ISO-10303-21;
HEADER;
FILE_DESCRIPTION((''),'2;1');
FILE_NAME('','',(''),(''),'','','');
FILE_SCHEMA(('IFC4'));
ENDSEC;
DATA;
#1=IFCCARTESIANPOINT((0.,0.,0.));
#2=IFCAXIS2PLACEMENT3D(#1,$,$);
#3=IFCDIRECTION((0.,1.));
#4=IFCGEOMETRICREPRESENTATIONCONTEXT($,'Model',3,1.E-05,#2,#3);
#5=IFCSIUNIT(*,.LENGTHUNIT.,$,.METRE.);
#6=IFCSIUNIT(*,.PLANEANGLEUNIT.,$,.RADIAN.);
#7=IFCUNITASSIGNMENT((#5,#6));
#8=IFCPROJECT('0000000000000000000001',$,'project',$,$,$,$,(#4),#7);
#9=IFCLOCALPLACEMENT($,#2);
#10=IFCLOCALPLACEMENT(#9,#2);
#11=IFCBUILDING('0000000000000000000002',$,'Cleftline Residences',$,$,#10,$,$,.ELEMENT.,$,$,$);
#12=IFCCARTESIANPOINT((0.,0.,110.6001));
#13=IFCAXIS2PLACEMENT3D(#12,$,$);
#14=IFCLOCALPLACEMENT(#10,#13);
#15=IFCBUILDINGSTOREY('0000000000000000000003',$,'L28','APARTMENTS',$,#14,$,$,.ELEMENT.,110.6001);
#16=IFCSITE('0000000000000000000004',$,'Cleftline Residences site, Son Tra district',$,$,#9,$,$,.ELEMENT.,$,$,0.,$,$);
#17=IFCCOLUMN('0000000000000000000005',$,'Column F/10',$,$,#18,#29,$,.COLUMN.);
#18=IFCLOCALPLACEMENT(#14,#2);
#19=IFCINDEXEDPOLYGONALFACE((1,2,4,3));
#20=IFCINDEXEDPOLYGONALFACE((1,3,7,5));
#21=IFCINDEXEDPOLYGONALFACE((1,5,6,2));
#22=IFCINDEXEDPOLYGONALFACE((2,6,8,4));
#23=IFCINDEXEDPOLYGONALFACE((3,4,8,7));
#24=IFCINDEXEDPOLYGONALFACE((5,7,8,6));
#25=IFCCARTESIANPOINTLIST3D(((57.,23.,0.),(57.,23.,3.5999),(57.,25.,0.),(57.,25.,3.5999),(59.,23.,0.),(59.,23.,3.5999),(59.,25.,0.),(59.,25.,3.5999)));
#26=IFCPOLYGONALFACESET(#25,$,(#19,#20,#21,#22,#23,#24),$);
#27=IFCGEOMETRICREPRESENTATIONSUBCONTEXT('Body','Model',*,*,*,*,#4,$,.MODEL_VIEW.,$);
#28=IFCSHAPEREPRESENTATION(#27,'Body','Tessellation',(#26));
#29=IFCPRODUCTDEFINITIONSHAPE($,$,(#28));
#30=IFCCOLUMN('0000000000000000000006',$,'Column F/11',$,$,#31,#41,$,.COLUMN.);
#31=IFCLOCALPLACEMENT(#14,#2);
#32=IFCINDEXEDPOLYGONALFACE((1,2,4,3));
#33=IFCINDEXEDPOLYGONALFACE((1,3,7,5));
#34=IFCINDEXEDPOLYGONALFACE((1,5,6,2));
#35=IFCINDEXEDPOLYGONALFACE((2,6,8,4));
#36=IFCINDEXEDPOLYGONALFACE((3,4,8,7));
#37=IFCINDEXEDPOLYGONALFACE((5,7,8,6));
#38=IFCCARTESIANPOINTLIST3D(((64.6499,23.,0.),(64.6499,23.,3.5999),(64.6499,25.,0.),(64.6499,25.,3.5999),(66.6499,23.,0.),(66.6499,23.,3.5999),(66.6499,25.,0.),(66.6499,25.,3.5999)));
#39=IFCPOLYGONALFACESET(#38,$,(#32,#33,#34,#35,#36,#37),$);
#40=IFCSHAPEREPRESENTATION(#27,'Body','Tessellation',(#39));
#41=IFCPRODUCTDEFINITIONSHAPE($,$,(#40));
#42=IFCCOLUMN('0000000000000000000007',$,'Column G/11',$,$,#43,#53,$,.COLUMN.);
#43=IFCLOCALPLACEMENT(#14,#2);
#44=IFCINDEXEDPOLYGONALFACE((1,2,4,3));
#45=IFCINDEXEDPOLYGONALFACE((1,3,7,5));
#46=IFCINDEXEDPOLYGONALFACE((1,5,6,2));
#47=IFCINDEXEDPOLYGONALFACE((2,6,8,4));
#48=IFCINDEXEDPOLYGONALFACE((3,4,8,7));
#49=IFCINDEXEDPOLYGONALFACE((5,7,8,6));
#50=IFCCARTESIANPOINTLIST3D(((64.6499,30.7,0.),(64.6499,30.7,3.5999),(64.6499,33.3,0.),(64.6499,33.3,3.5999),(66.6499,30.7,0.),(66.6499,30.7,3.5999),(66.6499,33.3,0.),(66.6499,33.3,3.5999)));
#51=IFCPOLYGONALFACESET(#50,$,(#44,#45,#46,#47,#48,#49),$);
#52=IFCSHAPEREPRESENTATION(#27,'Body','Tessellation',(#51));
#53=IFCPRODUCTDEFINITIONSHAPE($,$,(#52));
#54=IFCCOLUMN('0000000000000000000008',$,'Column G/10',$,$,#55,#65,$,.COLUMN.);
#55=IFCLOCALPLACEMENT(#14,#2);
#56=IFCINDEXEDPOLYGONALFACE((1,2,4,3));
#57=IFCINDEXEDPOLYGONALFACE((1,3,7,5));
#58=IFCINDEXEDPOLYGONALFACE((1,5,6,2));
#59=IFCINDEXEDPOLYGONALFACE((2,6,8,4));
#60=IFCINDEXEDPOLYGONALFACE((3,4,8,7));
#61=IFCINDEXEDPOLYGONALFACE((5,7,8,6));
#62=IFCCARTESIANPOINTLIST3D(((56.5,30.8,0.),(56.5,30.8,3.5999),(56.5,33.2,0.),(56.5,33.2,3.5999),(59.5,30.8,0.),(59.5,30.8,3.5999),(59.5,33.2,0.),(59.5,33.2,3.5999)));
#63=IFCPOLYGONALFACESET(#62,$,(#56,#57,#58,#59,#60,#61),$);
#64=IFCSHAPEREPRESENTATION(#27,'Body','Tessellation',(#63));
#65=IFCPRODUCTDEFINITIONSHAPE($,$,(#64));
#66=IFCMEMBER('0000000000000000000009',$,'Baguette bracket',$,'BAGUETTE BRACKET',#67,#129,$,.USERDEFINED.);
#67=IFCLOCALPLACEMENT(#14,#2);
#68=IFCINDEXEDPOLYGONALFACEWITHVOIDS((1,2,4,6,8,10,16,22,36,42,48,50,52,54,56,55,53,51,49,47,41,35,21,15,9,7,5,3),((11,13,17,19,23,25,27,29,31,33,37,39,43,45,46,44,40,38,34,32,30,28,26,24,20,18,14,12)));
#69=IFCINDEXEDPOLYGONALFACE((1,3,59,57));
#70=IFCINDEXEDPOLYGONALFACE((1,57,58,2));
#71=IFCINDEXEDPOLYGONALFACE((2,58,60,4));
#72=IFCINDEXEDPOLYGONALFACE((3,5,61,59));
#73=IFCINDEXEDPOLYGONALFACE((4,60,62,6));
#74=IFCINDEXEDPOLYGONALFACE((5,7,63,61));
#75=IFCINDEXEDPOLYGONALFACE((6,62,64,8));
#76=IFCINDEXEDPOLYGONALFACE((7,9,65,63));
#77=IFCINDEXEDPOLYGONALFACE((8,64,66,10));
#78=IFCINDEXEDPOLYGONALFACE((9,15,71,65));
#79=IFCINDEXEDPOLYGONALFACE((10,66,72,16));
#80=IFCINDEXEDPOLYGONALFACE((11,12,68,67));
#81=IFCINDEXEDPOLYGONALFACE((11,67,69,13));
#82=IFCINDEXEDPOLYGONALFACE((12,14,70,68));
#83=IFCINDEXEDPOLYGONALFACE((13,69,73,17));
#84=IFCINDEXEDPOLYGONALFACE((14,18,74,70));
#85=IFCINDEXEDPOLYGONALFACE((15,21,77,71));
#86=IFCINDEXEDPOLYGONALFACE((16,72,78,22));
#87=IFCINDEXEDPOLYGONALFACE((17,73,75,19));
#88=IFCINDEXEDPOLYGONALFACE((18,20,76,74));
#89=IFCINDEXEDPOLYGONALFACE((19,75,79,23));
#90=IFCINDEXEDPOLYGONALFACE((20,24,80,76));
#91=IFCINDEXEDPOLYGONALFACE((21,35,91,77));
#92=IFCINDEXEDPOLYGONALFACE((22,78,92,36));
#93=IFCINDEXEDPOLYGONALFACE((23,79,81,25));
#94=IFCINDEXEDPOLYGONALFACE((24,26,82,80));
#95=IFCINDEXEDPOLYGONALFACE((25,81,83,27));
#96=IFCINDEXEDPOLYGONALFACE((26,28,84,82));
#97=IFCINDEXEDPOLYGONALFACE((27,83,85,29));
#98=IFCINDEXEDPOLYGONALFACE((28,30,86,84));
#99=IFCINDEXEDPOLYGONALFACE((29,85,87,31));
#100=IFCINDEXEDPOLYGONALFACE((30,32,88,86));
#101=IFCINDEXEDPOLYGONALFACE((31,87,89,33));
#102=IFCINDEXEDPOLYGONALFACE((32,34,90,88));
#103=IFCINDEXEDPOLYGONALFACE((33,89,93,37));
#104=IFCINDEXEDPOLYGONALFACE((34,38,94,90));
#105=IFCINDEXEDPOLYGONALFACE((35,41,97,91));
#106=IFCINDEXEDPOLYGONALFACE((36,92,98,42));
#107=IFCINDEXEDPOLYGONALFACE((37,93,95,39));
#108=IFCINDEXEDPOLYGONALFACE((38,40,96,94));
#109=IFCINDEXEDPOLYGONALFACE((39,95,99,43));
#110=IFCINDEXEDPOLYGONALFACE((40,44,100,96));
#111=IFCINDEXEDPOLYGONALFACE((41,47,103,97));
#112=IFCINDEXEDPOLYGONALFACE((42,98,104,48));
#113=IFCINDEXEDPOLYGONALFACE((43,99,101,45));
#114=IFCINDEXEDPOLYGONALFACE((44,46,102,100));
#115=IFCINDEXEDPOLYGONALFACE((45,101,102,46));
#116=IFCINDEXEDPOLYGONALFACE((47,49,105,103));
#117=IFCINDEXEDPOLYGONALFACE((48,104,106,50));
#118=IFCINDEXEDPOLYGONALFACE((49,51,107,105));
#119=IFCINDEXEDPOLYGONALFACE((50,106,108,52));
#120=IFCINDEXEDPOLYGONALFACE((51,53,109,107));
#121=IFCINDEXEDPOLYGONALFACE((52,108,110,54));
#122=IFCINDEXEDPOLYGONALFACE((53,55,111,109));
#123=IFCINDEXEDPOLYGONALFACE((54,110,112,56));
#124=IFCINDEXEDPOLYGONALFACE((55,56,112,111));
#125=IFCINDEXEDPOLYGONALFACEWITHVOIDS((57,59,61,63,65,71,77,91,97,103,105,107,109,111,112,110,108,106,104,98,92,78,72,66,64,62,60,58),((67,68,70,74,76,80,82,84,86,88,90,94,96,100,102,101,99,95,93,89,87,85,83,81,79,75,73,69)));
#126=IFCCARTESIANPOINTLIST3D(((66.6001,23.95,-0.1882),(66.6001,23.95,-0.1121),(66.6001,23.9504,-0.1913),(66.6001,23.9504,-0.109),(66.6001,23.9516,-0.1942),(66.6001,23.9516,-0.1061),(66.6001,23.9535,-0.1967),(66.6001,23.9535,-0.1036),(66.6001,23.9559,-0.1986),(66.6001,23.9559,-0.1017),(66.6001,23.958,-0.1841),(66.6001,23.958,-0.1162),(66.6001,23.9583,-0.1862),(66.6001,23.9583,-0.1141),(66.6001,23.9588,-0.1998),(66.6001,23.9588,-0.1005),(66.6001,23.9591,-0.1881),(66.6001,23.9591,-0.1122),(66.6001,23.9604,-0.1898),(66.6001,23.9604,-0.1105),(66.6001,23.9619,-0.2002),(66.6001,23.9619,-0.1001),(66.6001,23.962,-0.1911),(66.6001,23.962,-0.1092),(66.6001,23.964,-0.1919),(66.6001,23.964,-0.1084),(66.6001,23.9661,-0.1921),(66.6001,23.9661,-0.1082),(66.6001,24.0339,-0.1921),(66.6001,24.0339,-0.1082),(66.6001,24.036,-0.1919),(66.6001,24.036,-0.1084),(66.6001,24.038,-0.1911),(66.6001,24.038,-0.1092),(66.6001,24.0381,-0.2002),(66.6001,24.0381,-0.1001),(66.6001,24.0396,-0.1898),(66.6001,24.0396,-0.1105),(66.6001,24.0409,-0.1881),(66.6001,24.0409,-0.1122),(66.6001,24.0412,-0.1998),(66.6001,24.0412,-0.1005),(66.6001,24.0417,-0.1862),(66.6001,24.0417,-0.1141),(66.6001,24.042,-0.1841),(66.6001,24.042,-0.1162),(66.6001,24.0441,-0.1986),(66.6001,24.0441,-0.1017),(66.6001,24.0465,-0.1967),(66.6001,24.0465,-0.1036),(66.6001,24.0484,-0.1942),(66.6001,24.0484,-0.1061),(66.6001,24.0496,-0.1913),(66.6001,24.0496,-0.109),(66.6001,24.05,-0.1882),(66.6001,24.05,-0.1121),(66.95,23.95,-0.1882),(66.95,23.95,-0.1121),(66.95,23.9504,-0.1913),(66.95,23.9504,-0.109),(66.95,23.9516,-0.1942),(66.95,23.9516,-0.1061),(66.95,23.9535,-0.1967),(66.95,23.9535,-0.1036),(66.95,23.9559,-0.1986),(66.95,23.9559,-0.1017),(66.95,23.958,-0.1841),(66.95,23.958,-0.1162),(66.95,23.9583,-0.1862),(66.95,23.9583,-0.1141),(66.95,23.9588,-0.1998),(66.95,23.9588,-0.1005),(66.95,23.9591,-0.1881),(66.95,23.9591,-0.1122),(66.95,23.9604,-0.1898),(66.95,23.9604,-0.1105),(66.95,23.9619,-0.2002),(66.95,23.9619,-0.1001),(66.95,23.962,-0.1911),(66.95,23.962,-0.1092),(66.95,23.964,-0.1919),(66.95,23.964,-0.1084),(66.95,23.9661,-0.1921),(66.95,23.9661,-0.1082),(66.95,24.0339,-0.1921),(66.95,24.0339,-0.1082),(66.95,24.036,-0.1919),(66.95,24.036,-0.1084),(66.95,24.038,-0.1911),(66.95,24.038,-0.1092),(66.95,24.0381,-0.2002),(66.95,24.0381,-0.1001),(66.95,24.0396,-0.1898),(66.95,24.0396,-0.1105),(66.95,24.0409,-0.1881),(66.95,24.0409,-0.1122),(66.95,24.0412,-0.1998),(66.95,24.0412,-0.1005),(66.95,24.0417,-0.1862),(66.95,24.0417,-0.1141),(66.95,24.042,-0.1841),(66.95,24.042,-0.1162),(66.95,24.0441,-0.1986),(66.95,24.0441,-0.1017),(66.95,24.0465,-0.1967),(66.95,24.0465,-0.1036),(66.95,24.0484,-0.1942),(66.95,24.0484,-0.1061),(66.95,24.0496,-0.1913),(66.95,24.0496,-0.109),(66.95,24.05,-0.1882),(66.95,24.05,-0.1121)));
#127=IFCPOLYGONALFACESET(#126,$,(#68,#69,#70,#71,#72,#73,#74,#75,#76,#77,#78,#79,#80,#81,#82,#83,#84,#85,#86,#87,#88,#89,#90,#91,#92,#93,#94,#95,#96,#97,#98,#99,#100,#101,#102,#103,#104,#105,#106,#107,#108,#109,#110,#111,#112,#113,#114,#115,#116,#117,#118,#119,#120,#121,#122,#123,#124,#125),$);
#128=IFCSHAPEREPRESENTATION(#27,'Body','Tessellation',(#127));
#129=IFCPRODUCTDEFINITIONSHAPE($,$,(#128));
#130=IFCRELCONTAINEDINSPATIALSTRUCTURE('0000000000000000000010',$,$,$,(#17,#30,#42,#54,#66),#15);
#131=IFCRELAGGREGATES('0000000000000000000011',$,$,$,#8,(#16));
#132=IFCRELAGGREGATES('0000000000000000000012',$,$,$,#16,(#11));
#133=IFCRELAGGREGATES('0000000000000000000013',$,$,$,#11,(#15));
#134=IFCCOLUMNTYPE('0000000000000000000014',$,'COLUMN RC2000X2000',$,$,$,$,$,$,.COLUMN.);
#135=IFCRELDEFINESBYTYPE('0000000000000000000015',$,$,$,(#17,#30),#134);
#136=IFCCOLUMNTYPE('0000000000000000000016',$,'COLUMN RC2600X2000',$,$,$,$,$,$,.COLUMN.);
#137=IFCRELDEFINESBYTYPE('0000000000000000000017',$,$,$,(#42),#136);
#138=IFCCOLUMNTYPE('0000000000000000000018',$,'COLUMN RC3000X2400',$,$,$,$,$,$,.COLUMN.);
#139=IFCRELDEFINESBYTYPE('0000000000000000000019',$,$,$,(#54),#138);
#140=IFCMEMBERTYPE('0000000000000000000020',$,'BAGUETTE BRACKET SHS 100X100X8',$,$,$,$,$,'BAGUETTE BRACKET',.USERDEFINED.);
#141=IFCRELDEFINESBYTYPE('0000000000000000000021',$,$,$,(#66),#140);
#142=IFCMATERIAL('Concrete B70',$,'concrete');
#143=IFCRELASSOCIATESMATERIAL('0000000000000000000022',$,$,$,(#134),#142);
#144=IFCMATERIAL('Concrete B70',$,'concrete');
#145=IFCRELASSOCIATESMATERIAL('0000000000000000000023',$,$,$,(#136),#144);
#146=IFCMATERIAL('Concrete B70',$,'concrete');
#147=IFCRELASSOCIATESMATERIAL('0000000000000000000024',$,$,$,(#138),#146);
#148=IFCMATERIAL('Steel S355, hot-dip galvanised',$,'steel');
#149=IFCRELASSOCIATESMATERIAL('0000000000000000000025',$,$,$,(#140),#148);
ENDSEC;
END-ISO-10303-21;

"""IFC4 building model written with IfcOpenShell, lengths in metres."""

from ifc_helpers import new_model, si_unit, direction, frame, origin, origin_2d, place, context, subcontext, project, spatial, rectangle, hollow_rectangle, extrude, material, material_profile, profile_set, type_object, element, save


model = new_model("IFC4")

# Units and contexts
model_context = context("Model", 3, precision=1e-05, world=origin(), true_north=direction((0.0, 1.0)))
body_context = subcontext(model_context, "Body", "Model", "MODEL_VIEW")
ifc_project = project(units=[si_unit("LENGTHUNIT", "METRE"), si_unit("PLANEANGLEUNIT", "RADIAN")], contexts=[model_context])

# Site, building, storey
site_placement = place(None, origin())
site = spatial("IfcSite", under=ifc_project, at=site_placement, Name="Cleftline Residences site, Son Tra district", CompositionType="ELEMENT", RefElevation=0.0)
building_placement = place(site_placement, origin())
building = spatial("IfcBuilding", under=site, at=building_placement, Name="Cleftline Residences", CompositionType="ELEMENT")
storey_placement = place(building_placement, frame((0.0, 0.0, 110.6001)))
storey = spatial("IfcBuildingStorey", under=building, at=storey_placement, Name="L28", Description="APARTMENTS", CompositionType="ELEMENT", Elevation=110.6001)

# Columns
ifc_material_1 = material(Name="Concrete B70", Category="concrete")
ifc_material_profile_1 = material_profile(ifc_material_1, rectangle(XDim=2.0, YDim=2.0, at=origin_2d()))
ifc_profile_set_1 = profile_set([ifc_material_profile_1], Name="Concrete B70")
column_type_1 = type_object("IfcColumnType", Name="COLUMN RC2000X2000", PredefinedType="COLUMN", material=ifc_profile_set_1)
for number, where, z_axis, x_axis, name in (
    (1, (58.0, 24.0, 0.0), (0.0, 0.0, 1.0), (1.0, 0.0, 0.0), "Column F/10"),
    (2, (65.6499, 24.0, 0.0), (0.0, 0.0, 1.0), (1.0, 0.0, 0.0), "Column F/11"),
):
    element("IfcColumn", number, at=place(storey_placement, frame(where, z_axis=z_axis, x_axis=x_axis)), inside=storey, type_object=column_type_1, Name=name, PredefinedType="COLUMN", context=body_context, shape_type="SweptSolid", body=[
        extrude(rectangle(XDim=2.0, YDim=2.0, at=origin_2d()), origin(), (0.0, 0.0, 1.0), 3.5999),
    ])
ifc_material_2 = material(Name="Concrete B70", Category="concrete")
ifc_material_profile_2 = material_profile(ifc_material_2, rectangle(XDim=2.6001, YDim=2.0, at=origin_2d()))
ifc_profile_set_2 = profile_set([ifc_material_profile_2], Name="Concrete B70")
column_type_2 = type_object("IfcColumnType", Name="COLUMN RC2600X2000", PredefinedType="COLUMN", material=ifc_profile_set_2)
column_1_placement = place(storey_placement, frame((65.6499, 32.0, 0.0), z_axis=(0.0, 0.0, 1.0), x_axis=(0.0, 1.0, 0.0)))
element("IfcColumn", 3, at=column_1_placement, inside=storey, type_object=column_type_2, Name="Column G/11", PredefinedType="COLUMN", context=body_context, shape_type="SweptSolid", body=[
    extrude(rectangle(XDim=2.6001, YDim=2.0, at=origin_2d()), origin(), (0.0, 0.0, 1.0), 3.5999),
])
ifc_material_3 = material(Name="Concrete B70", Category="concrete")
ifc_material_profile_3 = material_profile(ifc_material_3, rectangle(XDim=3.0, YDim=2.3999, at=origin_2d()))
ifc_profile_set_3 = profile_set([ifc_material_profile_3], Name="Concrete B70")
column_type_3 = type_object("IfcColumnType", Name="COLUMN RC3000X2400", PredefinedType="COLUMN", material=ifc_profile_set_3)
column_2_placement = place(storey_placement, frame((58.0, 32.0, 0.0), z_axis=(0.0, 0.0, 1.0), x_axis=(1.0, 0.0, 0.0)))
element("IfcColumn", 4, at=column_2_placement, inside=storey, type_object=column_type_3, Name="Column G/10", PredefinedType="COLUMN", context=body_context, shape_type="SweptSolid", body=[
    extrude(rectangle(XDim=3.0, YDim=2.3999, at=origin_2d()), origin(), (0.0, 0.0, 1.0), 3.5999),
])

# Member
ifc_material_4 = material(Name="Steel S355, hot-dip galvanised", Category="steel")
ifc_material_profile_4 = material_profile(ifc_material_4, hollow_rectangle(XDim=0.1001, YDim=0.1001, WallThickness=0.0081, InnerFilletRadius=0.0081, OuterFilletRadius=0.012, at=origin_2d()))
ifc_profile_set_4 = profile_set([ifc_material_profile_4], Name="Steel S355, hot-dip galvanised")
member_type_1 = type_object("IfcMemberType", Name="BAGUETTE BRACKET SHS 100X100X8", ElementType="BAGUETTE BRACKET", PredefinedType="USERDEFINED", material=ifc_profile_set_4)
member_1_placement = place(storey_placement, frame((66.6001, 24.0, -0.1501), z_axis=(1.0, 0.0, 0.0), x_axis=(0.0, 1.0, 0.0)))
element("IfcMember", 5, at=member_1_placement, inside=storey, type_object=member_type_1, Name="Baguette bracket", ObjectType="BAGUETTE BRACKET", PredefinedType="USERDEFINED", context=body_context, shape_type="SweptSolid", body=[
    extrude(hollow_rectangle(XDim=0.1001, YDim=0.1001, WallThickness=0.0081, InnerFilletRadius=0.0081, OuterFilletRadius=0.012, at=origin_2d()), origin(), (0.0, 0.0, 1.0), 0.3499),
])

save(model, "model.ifc")
